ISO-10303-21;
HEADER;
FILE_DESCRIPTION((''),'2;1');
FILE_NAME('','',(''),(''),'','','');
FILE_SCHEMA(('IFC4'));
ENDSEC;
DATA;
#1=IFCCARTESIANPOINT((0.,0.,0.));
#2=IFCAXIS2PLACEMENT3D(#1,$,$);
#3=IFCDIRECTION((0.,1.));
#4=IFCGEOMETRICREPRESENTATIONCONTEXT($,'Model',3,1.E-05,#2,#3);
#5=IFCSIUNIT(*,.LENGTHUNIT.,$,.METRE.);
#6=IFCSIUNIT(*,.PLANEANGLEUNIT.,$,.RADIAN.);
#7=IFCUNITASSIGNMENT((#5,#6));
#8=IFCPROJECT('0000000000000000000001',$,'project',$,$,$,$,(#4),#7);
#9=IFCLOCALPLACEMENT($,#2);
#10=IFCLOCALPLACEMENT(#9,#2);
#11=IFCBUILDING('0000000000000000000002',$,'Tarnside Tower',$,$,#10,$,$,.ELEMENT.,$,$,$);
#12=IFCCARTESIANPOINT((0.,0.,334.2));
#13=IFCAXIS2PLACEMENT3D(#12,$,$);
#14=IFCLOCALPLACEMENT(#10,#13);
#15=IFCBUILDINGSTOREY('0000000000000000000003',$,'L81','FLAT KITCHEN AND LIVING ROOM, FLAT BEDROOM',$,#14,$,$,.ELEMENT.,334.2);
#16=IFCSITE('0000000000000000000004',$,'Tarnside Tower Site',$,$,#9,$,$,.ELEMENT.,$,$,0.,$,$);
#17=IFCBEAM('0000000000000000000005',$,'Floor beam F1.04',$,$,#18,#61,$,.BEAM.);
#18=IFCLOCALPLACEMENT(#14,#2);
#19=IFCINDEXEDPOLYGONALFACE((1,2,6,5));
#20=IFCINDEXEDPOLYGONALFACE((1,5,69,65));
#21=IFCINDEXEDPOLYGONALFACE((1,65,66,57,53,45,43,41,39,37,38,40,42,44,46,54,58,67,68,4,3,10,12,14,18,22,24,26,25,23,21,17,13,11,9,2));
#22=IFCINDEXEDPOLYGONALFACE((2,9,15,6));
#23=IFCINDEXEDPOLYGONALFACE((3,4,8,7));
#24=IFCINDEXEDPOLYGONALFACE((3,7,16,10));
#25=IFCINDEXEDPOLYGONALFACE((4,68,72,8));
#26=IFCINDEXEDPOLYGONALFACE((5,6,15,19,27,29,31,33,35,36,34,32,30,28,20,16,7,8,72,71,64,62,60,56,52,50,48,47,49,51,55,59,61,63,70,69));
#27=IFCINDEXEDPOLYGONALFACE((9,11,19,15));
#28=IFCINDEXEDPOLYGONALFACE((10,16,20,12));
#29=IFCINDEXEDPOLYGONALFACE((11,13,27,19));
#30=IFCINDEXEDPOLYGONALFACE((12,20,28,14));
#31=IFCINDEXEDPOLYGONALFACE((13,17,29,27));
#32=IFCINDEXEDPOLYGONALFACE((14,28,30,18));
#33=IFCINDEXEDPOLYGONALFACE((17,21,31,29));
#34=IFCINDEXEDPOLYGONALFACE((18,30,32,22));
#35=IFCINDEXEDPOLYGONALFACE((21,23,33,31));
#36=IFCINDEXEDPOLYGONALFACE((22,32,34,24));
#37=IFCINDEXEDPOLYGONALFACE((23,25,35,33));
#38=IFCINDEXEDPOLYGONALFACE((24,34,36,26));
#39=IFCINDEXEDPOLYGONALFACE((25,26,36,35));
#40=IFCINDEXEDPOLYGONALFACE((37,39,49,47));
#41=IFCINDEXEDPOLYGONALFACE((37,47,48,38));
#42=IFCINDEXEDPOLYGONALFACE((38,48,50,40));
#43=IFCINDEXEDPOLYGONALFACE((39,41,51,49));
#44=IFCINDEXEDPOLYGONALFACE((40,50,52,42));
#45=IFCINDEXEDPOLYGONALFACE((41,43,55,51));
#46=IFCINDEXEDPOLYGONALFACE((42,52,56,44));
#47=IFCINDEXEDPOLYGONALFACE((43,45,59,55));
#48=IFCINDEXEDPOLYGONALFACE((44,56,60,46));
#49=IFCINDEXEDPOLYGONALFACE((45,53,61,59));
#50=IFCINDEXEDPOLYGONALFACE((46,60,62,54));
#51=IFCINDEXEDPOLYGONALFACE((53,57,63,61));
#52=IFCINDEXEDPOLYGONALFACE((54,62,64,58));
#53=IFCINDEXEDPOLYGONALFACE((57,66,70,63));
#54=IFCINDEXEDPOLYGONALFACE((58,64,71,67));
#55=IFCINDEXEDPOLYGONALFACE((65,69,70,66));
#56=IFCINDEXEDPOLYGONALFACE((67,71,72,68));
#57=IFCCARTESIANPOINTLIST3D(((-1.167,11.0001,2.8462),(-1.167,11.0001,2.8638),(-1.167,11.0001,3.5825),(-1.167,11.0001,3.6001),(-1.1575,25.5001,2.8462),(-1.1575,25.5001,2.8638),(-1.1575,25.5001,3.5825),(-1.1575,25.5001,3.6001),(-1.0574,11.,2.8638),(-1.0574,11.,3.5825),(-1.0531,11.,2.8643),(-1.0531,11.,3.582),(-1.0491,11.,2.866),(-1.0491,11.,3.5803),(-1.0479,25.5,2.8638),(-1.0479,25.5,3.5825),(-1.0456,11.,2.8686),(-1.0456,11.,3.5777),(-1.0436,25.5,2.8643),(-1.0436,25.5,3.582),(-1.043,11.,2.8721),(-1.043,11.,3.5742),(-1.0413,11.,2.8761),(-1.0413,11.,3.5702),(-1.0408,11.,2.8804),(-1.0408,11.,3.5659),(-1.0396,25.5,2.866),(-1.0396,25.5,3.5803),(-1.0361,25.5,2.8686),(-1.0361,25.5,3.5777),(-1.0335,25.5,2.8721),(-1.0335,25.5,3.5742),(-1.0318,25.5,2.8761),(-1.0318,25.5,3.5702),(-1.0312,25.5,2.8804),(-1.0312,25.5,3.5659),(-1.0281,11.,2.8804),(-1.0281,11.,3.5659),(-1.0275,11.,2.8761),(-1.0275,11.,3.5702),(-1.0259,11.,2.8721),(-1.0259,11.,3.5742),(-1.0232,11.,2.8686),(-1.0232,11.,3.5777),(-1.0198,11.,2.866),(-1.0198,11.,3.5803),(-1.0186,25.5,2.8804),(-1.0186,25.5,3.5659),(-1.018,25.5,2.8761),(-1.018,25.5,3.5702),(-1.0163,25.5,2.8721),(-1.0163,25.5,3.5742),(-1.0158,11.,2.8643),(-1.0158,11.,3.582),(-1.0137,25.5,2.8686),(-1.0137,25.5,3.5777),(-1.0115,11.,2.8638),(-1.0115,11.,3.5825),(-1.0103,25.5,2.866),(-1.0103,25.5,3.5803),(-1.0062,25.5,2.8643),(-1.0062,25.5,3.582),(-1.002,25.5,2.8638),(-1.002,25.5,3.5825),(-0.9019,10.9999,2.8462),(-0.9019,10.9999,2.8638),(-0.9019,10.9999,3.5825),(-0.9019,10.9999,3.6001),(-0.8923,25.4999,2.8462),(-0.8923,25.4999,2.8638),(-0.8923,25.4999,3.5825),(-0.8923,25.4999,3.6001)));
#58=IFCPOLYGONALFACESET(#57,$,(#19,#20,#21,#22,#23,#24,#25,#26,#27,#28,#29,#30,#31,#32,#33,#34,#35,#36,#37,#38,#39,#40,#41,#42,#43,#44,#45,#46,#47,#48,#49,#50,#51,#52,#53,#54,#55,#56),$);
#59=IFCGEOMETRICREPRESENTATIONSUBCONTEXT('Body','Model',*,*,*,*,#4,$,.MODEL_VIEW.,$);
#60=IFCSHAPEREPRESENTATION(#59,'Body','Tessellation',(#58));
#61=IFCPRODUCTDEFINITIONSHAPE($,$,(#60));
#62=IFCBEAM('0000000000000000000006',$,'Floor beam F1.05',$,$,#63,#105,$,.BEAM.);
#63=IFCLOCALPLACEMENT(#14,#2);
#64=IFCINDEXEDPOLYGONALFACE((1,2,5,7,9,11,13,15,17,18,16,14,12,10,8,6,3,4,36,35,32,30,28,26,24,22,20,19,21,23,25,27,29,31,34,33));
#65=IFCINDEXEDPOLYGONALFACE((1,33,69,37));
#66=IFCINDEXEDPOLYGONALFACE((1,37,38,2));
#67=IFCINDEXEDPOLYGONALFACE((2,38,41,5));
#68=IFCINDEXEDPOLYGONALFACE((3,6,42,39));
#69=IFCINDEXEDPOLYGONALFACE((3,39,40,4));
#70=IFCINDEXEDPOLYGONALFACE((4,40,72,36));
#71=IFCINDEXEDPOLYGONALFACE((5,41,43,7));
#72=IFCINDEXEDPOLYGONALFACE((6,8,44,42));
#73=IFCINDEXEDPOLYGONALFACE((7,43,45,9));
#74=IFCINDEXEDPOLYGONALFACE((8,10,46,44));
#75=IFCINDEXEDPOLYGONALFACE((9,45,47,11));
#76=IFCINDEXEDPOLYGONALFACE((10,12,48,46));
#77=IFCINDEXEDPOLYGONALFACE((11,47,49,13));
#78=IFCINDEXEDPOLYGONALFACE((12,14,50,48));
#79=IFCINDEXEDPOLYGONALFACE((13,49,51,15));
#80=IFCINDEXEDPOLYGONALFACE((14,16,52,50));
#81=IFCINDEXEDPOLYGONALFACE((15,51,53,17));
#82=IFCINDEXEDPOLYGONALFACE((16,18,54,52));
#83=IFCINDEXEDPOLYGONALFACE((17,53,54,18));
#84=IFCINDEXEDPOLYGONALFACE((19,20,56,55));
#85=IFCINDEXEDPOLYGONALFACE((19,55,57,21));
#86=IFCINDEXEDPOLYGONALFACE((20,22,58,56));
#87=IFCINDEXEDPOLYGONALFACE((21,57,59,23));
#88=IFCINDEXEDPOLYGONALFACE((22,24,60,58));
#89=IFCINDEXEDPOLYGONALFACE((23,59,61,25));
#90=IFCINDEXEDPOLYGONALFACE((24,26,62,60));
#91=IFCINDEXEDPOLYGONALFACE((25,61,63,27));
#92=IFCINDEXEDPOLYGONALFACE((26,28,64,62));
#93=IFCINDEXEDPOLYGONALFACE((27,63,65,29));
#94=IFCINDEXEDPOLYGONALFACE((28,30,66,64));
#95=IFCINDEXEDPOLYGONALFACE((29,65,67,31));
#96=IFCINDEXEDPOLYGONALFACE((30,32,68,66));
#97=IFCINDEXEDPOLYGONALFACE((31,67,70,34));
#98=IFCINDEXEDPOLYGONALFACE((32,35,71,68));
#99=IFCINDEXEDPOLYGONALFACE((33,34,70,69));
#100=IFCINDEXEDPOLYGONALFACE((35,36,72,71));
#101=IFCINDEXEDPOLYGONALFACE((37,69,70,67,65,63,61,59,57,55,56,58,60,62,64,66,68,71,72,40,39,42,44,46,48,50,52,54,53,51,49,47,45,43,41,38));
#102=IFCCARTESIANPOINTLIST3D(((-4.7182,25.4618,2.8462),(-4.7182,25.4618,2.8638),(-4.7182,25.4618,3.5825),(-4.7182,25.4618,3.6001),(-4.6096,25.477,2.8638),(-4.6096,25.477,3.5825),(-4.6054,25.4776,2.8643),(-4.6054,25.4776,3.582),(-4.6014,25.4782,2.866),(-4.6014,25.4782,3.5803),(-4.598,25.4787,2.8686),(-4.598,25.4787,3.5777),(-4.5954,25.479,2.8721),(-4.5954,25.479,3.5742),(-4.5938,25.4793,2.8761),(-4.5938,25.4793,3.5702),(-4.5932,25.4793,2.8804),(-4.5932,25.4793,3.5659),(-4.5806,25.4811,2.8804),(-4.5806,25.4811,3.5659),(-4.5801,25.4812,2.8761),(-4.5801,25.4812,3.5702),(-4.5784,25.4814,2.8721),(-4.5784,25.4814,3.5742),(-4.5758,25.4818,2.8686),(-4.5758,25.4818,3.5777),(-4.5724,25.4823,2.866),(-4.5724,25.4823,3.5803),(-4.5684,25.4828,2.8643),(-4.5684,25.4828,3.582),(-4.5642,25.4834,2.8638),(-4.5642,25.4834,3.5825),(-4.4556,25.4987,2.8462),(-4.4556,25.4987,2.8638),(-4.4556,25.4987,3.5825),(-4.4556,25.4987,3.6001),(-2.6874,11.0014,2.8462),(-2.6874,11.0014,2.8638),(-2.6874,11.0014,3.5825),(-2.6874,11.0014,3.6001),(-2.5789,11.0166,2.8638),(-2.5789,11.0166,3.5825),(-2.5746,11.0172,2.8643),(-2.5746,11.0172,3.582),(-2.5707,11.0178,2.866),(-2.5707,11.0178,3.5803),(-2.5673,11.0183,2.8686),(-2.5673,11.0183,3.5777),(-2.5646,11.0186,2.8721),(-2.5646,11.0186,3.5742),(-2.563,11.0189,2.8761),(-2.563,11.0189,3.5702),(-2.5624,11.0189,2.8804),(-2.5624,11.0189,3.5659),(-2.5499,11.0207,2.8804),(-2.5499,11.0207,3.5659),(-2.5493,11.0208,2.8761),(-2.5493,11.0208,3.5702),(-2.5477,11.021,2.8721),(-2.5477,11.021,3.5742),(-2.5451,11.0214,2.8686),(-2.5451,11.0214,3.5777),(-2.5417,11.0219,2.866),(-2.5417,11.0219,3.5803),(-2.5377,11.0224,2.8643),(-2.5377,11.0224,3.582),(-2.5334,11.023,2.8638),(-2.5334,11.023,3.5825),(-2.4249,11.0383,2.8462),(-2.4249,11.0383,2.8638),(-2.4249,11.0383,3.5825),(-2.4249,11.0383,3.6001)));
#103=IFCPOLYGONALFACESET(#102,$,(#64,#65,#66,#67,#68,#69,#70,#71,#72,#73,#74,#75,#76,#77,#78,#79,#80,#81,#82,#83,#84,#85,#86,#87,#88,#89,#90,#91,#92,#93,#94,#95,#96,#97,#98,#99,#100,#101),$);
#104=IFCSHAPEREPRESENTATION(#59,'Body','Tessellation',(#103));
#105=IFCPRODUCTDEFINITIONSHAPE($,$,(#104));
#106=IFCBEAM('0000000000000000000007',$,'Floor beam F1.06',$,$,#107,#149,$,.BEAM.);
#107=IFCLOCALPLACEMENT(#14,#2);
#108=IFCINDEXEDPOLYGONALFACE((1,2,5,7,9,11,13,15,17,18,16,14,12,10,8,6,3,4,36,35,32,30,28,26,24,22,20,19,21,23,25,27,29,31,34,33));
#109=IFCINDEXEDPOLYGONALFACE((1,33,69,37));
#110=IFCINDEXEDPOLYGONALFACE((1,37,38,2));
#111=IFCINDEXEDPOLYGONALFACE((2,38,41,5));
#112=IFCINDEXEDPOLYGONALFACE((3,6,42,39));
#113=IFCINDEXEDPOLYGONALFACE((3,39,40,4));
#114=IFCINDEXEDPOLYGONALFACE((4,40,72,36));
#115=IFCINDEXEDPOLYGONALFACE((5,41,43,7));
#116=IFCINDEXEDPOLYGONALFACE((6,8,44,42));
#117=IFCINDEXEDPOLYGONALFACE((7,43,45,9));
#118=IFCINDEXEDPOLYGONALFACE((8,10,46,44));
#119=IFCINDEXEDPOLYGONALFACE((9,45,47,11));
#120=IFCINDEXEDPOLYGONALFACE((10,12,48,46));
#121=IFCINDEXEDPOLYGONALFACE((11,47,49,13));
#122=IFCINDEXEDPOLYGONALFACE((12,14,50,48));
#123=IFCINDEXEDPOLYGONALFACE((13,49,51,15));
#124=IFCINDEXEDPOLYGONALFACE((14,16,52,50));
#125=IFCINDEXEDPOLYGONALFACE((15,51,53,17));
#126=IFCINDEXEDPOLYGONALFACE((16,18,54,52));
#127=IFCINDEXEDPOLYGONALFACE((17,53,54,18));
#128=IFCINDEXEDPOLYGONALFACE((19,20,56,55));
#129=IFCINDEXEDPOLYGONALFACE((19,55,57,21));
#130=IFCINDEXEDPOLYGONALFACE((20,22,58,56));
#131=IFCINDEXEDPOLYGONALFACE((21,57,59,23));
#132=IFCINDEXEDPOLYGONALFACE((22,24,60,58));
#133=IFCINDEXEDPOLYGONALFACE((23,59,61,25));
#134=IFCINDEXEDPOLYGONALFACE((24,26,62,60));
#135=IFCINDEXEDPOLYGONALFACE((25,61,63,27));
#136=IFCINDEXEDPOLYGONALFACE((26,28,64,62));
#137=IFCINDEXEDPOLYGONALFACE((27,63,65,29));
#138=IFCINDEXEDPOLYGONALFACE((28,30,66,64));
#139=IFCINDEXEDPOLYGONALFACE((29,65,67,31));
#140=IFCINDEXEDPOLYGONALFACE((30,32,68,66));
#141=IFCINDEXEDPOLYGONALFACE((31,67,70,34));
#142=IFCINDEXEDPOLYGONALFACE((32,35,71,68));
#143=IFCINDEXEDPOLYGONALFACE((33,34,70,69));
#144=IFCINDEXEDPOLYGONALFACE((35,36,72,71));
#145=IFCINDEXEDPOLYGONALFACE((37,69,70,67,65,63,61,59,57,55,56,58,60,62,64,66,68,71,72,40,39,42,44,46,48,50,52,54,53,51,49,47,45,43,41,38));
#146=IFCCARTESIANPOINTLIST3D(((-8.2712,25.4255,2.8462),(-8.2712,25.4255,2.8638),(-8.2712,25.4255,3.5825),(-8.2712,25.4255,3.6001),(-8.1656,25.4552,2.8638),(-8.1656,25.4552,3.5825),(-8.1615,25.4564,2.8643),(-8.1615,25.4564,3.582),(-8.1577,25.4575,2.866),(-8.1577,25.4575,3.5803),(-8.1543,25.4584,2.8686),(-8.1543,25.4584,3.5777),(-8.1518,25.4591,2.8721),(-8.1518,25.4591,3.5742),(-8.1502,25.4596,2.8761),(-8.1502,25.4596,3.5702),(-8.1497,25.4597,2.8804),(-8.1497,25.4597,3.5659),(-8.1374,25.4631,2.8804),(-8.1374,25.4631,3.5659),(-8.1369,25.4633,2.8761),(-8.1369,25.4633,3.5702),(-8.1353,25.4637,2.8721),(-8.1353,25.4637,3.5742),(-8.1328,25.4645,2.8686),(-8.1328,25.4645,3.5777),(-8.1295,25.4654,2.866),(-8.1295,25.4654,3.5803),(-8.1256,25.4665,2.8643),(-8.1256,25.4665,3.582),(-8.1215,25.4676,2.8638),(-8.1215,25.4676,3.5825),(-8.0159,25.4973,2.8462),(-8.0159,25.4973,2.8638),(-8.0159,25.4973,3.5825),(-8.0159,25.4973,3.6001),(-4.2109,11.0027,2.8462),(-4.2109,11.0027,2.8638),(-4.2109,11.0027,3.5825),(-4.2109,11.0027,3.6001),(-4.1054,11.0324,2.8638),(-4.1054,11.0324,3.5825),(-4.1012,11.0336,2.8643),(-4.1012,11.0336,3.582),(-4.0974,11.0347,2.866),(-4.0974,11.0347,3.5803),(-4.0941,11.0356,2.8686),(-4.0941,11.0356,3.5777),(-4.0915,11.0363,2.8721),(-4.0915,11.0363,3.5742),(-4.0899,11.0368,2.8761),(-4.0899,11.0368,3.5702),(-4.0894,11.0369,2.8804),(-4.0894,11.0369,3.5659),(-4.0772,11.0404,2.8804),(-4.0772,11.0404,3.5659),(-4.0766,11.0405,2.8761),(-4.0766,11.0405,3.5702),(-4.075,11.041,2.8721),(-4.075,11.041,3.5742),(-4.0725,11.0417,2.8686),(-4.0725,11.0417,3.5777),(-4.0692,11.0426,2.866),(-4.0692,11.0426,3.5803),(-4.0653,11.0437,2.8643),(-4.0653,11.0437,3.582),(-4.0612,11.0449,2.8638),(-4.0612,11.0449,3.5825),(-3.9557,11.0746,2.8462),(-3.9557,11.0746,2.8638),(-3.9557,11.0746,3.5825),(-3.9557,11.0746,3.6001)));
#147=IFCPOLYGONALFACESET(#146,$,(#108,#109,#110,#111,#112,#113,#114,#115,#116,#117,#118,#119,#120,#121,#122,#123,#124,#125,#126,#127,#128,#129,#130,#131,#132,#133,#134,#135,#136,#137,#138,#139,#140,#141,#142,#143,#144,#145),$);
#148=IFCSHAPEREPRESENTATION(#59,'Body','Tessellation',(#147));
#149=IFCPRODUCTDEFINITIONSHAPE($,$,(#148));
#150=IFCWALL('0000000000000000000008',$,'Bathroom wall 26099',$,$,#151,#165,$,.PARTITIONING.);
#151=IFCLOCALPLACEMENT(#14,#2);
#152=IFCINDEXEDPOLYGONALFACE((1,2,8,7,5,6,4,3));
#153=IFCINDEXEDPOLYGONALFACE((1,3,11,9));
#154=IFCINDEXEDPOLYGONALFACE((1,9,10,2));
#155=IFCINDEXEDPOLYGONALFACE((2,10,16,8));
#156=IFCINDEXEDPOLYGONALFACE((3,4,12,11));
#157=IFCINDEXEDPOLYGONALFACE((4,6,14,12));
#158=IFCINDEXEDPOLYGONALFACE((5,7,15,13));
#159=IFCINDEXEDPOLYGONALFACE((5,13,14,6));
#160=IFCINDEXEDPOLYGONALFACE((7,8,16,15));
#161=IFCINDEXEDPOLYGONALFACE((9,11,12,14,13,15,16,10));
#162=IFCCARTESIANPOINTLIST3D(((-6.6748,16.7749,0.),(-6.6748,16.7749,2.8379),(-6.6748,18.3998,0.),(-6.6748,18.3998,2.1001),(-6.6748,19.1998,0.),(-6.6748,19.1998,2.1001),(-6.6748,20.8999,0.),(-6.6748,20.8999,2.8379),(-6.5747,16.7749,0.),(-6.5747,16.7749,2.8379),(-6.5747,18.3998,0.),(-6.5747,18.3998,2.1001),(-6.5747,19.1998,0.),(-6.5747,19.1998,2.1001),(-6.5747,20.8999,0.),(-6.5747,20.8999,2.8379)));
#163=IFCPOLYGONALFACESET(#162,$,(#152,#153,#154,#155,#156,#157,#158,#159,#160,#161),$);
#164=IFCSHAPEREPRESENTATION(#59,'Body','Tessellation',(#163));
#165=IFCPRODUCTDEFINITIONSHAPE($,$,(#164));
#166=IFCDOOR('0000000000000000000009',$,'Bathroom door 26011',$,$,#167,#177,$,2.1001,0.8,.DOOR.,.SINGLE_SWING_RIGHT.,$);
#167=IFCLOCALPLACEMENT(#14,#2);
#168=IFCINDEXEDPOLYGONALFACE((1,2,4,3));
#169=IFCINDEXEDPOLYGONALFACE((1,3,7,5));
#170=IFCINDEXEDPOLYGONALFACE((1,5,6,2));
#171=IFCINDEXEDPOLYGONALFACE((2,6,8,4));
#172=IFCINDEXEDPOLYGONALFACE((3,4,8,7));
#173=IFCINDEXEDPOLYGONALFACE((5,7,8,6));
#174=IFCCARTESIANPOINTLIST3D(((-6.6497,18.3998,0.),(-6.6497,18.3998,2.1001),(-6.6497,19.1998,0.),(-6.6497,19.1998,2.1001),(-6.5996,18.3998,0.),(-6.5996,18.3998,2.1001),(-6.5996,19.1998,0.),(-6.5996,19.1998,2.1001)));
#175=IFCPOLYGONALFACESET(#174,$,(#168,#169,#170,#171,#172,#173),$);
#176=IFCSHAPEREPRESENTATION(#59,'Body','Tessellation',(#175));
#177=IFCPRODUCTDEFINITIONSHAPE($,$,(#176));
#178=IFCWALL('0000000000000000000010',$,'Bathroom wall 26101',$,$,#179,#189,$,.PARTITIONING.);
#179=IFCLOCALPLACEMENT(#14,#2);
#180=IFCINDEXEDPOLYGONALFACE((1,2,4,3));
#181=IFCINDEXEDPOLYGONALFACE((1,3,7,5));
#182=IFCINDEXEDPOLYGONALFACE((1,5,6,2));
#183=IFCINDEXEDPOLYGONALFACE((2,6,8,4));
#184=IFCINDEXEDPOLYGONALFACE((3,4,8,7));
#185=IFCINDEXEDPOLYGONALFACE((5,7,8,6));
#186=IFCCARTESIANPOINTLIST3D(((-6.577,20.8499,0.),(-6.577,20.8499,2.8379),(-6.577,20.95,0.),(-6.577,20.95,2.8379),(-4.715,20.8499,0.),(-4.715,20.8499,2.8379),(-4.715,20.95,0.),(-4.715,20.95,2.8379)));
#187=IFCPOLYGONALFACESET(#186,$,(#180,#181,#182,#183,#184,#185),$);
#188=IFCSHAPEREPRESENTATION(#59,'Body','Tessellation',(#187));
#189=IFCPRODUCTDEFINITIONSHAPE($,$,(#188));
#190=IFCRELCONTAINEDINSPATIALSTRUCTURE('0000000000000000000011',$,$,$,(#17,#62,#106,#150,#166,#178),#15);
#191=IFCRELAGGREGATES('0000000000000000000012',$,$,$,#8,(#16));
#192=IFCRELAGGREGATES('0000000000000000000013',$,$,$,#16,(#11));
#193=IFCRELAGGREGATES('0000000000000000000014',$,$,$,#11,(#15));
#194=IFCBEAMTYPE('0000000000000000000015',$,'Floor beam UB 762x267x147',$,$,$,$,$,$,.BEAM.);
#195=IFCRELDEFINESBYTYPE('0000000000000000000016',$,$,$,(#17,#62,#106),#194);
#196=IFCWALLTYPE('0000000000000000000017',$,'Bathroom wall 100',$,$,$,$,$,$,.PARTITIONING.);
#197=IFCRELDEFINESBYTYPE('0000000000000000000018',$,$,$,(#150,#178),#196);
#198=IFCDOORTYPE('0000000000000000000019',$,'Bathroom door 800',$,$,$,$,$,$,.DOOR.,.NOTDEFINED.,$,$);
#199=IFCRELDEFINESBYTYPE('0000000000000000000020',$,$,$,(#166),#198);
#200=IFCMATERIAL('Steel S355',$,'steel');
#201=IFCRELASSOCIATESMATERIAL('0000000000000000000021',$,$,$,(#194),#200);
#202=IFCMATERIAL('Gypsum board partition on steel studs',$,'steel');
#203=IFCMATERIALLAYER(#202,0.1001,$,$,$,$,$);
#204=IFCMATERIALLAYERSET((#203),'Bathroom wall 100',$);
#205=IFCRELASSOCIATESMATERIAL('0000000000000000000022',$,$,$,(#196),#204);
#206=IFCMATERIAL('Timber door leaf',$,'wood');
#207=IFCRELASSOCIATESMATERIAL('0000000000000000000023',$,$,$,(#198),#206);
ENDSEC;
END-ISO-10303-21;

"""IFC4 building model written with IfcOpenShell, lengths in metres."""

from ifc_helpers import new_model, si_unit, direction, frame, frame_2d, origin, origin_2d, place, context, subcontext, project, spatial, rectangle, i_section, extrude, material, layer, layer_set, material_profile, profile_set, type_object, element, fill, save


model = new_model("IFC4")

# Units and contexts
model_context = context("Model", 3, precision=1e-05, world=origin(), true_north=direction((0.0, 1.0)))
body_context = subcontext(model_context, "Body", "Model", "MODEL_VIEW")
ifc_project = project(units=[si_unit("LENGTHUNIT", "METRE"), si_unit("PLANEANGLEUNIT", "RADIAN")], contexts=[model_context])

# Site, building, storey
site_placement = place(None, origin())
site = spatial("IfcSite", under=ifc_project, at=site_placement, Name="Tarnside Tower Site", CompositionType="ELEMENT", RefElevation=0.0)
building_placement = place(site_placement, origin())
building = spatial("IfcBuilding", under=site, at=building_placement, Name="Tarnside Tower", CompositionType="ELEMENT")
storey_placement = place(building_placement, frame((0.0, 0.0, 334.2)))
storey = spatial("IfcBuildingStorey", under=building, at=storey_placement, Name="L81", Description="FLAT KITCHEN AND LIVING ROOM, FLAT BEDROOM", CompositionType="ELEMENT", Elevation=334.2)

# Beams
ifc_material_1 = material(Name="Steel S355", Category="steel")
ifc_material_profile = material_profile(ifc_material_1, i_section(OverallWidth=0.2651, OverallDepth=0.7539, WebThickness=0.0127, FlangeThickness=0.0176, FilletRadius=0.0166, at=origin_2d()), Name="UB 762x267x147")
ifc_profile_set = profile_set([ifc_material_profile], Name="Steel S355")
beam_type = type_object("IfcBeamType", Name="Floor beam UB 762x267x147", PredefinedType="BEAM", material=ifc_profile_set)
beam_1_placement = place(storey_placement, frame((-1.0249, 25.5, 3.2231), z_axis=(-0.000657, -1.0, 0.0), x_axis=(1.0, -0.000657, 0.0)))
element("IfcBeam", 1, at=beam_1_placement, inside=storey, type_object=beam_type, Name="Floor beam F1.04", PredefinedType="BEAM", context=body_context, shape_type="SweptSolid", body=[
    extrude(i_section(OverallWidth=0.2651, OverallDepth=0.7539, WebThickness=0.0127, FlangeThickness=0.0176, FilletRadius=0.0166, at=origin_2d()), origin(), (0.0, 0.0, 1.0), 14.5),
])
beam_2_placement = place(storey_placement, frame((-4.5869, 25.4802, 3.2231), z_axis=(0.139071, -0.990282, 0.0), x_axis=(0.990282, 0.139071, 0.0)))
element("IfcBeam", 2, at=beam_2_placement, inside=storey, type_object=beam_type, Name="Floor beam F1.05", PredefinedType="BEAM", context=body_context, shape_type="SweptSolid", body=[
    extrude(i_section(OverallWidth=0.2651, OverallDepth=0.7539, WebThickness=0.0127, FlangeThickness=0.0176, FilletRadius=0.0166, at=origin_2d()), origin(), (0.0, 0.0, 1.0), 14.6023),
])
beam_3_placement = place(storey_placement, frame((-8.1436, 25.4614, 3.2231), z_axis=(0.270985, -0.962583, 0.0), x_axis=(0.962583, 0.270985, 0.0)))
element("IfcBeam", 3, at=beam_3_placement, inside=storey, type_object=beam_type, Name="Floor beam F1.06", PredefinedType="BEAM", context=body_context, shape_type="SweptSolid", body=[
    extrude(i_section(OverallWidth=0.2651, OverallDepth=0.7539, WebThickness=0.0127, FlangeThickness=0.0176, FilletRadius=0.0166, at=origin_2d()), origin(), (0.0, 0.0, 1.0), 14.9834),
])

# Wall, opening, door
ifc_material_2 = material(Name="Gypsum board partition on steel studs", Category="steel")
ifc_layer_1 = layer(ifc_material_2, 0.1001)
ifc_layer_set_1 = layer_set([ifc_layer_1], Name="Bathroom wall 100")
wall_type_1 = type_object("IfcWallType", Name="Bathroom wall 100", PredefinedType="PARTITIONING", material=ifc_layer_set_1)
wall_1_placement = place(storey_placement, frame((-6.6248, 16.7749, 0.0), z_axis=(0.0, 0.0, 1.0), x_axis=(0.0, 1.0, 0.0)))
wall_1 = element("IfcWall", 4, at=wall_1_placement, inside=storey, type_object=wall_type_1, Name="Bathroom wall 26099", PredefinedType="PARTITIONING", context=body_context, shape_type="SweptSolid", body=[
    extrude(rectangle(XDim=4.125, YDim=0.1001, at=frame_2d((2.0625, 0.0))), origin(), (0.0, 0.0, 1.0), 2.8379),
])
opening_1_placement = place(wall_1_placement, frame((1.625, 0.0, 0.0)))
opening_1 = element("IfcOpeningElement", 5, at=opening_1_placement, cuts=wall_1, PredefinedType="OPENING", context=body_context, shape_type="SweptSolid", body=[
    extrude(rectangle(XDim=0.8, YDim=2.1001, at=frame_2d((0.3999, 1.05))), frame((0.0, 0.0601, 0.0), z_axis=(0.0, -1.0, 0.0), x_axis=(1.0, 0.0, 0.0)), (0.0, 0.0, 1.0), 0.1201),
])
ifc_material_3 = material(Name="Timber door leaf", Category="wood")
door_type_1 = type_object("IfcDoorType", Name="Bathroom door 800", OperationType="NOTDEFINED", PredefinedType="DOOR", material=ifc_material_3)
door_1_placement = place(opening_1_placement, origin())
door_1 = element("IfcDoor", 6, at=door_1_placement, inside=storey, type_object=door_type_1, Name="Bathroom door 26011", OperationType="SINGLE_SWING_RIGHT", OverallHeight=2.1001, OverallWidth=0.8, PredefinedType="DOOR", context=body_context, shape_type="SweptSolid", body=[
    extrude(rectangle(XDim=0.8, YDim=2.1001, at=frame_2d((0.3999, 1.05))), frame((0.0, 0.0249, 0.0), z_axis=(0.0, -1.0, 0.0), x_axis=(1.0, 0.0, 0.0)), (0.0, 0.0, 1.0), 0.05),
])
fill(opening_1, door_1)

# Wall
wall_2_placement = place(storey_placement, frame((-4.7148, 20.8999, 0.0), z_axis=(0.0, 0.0, 1.0), x_axis=(-1.0, 0.0, 0.0)))
element("IfcWall", 7, at=wall_2_placement, inside=storey, type_object=wall_type_1, Name="Bathroom wall 26101", PredefinedType="PARTITIONING", context=body_context, shape_type="SweptSolid", body=[
    extrude(rectangle(XDim=1.8621, YDim=0.1001, at=frame_2d((0.9312, 0.0))), origin(), (0.0, 0.0, 1.0), 2.8379),
])

save(model, "model.ifc")
